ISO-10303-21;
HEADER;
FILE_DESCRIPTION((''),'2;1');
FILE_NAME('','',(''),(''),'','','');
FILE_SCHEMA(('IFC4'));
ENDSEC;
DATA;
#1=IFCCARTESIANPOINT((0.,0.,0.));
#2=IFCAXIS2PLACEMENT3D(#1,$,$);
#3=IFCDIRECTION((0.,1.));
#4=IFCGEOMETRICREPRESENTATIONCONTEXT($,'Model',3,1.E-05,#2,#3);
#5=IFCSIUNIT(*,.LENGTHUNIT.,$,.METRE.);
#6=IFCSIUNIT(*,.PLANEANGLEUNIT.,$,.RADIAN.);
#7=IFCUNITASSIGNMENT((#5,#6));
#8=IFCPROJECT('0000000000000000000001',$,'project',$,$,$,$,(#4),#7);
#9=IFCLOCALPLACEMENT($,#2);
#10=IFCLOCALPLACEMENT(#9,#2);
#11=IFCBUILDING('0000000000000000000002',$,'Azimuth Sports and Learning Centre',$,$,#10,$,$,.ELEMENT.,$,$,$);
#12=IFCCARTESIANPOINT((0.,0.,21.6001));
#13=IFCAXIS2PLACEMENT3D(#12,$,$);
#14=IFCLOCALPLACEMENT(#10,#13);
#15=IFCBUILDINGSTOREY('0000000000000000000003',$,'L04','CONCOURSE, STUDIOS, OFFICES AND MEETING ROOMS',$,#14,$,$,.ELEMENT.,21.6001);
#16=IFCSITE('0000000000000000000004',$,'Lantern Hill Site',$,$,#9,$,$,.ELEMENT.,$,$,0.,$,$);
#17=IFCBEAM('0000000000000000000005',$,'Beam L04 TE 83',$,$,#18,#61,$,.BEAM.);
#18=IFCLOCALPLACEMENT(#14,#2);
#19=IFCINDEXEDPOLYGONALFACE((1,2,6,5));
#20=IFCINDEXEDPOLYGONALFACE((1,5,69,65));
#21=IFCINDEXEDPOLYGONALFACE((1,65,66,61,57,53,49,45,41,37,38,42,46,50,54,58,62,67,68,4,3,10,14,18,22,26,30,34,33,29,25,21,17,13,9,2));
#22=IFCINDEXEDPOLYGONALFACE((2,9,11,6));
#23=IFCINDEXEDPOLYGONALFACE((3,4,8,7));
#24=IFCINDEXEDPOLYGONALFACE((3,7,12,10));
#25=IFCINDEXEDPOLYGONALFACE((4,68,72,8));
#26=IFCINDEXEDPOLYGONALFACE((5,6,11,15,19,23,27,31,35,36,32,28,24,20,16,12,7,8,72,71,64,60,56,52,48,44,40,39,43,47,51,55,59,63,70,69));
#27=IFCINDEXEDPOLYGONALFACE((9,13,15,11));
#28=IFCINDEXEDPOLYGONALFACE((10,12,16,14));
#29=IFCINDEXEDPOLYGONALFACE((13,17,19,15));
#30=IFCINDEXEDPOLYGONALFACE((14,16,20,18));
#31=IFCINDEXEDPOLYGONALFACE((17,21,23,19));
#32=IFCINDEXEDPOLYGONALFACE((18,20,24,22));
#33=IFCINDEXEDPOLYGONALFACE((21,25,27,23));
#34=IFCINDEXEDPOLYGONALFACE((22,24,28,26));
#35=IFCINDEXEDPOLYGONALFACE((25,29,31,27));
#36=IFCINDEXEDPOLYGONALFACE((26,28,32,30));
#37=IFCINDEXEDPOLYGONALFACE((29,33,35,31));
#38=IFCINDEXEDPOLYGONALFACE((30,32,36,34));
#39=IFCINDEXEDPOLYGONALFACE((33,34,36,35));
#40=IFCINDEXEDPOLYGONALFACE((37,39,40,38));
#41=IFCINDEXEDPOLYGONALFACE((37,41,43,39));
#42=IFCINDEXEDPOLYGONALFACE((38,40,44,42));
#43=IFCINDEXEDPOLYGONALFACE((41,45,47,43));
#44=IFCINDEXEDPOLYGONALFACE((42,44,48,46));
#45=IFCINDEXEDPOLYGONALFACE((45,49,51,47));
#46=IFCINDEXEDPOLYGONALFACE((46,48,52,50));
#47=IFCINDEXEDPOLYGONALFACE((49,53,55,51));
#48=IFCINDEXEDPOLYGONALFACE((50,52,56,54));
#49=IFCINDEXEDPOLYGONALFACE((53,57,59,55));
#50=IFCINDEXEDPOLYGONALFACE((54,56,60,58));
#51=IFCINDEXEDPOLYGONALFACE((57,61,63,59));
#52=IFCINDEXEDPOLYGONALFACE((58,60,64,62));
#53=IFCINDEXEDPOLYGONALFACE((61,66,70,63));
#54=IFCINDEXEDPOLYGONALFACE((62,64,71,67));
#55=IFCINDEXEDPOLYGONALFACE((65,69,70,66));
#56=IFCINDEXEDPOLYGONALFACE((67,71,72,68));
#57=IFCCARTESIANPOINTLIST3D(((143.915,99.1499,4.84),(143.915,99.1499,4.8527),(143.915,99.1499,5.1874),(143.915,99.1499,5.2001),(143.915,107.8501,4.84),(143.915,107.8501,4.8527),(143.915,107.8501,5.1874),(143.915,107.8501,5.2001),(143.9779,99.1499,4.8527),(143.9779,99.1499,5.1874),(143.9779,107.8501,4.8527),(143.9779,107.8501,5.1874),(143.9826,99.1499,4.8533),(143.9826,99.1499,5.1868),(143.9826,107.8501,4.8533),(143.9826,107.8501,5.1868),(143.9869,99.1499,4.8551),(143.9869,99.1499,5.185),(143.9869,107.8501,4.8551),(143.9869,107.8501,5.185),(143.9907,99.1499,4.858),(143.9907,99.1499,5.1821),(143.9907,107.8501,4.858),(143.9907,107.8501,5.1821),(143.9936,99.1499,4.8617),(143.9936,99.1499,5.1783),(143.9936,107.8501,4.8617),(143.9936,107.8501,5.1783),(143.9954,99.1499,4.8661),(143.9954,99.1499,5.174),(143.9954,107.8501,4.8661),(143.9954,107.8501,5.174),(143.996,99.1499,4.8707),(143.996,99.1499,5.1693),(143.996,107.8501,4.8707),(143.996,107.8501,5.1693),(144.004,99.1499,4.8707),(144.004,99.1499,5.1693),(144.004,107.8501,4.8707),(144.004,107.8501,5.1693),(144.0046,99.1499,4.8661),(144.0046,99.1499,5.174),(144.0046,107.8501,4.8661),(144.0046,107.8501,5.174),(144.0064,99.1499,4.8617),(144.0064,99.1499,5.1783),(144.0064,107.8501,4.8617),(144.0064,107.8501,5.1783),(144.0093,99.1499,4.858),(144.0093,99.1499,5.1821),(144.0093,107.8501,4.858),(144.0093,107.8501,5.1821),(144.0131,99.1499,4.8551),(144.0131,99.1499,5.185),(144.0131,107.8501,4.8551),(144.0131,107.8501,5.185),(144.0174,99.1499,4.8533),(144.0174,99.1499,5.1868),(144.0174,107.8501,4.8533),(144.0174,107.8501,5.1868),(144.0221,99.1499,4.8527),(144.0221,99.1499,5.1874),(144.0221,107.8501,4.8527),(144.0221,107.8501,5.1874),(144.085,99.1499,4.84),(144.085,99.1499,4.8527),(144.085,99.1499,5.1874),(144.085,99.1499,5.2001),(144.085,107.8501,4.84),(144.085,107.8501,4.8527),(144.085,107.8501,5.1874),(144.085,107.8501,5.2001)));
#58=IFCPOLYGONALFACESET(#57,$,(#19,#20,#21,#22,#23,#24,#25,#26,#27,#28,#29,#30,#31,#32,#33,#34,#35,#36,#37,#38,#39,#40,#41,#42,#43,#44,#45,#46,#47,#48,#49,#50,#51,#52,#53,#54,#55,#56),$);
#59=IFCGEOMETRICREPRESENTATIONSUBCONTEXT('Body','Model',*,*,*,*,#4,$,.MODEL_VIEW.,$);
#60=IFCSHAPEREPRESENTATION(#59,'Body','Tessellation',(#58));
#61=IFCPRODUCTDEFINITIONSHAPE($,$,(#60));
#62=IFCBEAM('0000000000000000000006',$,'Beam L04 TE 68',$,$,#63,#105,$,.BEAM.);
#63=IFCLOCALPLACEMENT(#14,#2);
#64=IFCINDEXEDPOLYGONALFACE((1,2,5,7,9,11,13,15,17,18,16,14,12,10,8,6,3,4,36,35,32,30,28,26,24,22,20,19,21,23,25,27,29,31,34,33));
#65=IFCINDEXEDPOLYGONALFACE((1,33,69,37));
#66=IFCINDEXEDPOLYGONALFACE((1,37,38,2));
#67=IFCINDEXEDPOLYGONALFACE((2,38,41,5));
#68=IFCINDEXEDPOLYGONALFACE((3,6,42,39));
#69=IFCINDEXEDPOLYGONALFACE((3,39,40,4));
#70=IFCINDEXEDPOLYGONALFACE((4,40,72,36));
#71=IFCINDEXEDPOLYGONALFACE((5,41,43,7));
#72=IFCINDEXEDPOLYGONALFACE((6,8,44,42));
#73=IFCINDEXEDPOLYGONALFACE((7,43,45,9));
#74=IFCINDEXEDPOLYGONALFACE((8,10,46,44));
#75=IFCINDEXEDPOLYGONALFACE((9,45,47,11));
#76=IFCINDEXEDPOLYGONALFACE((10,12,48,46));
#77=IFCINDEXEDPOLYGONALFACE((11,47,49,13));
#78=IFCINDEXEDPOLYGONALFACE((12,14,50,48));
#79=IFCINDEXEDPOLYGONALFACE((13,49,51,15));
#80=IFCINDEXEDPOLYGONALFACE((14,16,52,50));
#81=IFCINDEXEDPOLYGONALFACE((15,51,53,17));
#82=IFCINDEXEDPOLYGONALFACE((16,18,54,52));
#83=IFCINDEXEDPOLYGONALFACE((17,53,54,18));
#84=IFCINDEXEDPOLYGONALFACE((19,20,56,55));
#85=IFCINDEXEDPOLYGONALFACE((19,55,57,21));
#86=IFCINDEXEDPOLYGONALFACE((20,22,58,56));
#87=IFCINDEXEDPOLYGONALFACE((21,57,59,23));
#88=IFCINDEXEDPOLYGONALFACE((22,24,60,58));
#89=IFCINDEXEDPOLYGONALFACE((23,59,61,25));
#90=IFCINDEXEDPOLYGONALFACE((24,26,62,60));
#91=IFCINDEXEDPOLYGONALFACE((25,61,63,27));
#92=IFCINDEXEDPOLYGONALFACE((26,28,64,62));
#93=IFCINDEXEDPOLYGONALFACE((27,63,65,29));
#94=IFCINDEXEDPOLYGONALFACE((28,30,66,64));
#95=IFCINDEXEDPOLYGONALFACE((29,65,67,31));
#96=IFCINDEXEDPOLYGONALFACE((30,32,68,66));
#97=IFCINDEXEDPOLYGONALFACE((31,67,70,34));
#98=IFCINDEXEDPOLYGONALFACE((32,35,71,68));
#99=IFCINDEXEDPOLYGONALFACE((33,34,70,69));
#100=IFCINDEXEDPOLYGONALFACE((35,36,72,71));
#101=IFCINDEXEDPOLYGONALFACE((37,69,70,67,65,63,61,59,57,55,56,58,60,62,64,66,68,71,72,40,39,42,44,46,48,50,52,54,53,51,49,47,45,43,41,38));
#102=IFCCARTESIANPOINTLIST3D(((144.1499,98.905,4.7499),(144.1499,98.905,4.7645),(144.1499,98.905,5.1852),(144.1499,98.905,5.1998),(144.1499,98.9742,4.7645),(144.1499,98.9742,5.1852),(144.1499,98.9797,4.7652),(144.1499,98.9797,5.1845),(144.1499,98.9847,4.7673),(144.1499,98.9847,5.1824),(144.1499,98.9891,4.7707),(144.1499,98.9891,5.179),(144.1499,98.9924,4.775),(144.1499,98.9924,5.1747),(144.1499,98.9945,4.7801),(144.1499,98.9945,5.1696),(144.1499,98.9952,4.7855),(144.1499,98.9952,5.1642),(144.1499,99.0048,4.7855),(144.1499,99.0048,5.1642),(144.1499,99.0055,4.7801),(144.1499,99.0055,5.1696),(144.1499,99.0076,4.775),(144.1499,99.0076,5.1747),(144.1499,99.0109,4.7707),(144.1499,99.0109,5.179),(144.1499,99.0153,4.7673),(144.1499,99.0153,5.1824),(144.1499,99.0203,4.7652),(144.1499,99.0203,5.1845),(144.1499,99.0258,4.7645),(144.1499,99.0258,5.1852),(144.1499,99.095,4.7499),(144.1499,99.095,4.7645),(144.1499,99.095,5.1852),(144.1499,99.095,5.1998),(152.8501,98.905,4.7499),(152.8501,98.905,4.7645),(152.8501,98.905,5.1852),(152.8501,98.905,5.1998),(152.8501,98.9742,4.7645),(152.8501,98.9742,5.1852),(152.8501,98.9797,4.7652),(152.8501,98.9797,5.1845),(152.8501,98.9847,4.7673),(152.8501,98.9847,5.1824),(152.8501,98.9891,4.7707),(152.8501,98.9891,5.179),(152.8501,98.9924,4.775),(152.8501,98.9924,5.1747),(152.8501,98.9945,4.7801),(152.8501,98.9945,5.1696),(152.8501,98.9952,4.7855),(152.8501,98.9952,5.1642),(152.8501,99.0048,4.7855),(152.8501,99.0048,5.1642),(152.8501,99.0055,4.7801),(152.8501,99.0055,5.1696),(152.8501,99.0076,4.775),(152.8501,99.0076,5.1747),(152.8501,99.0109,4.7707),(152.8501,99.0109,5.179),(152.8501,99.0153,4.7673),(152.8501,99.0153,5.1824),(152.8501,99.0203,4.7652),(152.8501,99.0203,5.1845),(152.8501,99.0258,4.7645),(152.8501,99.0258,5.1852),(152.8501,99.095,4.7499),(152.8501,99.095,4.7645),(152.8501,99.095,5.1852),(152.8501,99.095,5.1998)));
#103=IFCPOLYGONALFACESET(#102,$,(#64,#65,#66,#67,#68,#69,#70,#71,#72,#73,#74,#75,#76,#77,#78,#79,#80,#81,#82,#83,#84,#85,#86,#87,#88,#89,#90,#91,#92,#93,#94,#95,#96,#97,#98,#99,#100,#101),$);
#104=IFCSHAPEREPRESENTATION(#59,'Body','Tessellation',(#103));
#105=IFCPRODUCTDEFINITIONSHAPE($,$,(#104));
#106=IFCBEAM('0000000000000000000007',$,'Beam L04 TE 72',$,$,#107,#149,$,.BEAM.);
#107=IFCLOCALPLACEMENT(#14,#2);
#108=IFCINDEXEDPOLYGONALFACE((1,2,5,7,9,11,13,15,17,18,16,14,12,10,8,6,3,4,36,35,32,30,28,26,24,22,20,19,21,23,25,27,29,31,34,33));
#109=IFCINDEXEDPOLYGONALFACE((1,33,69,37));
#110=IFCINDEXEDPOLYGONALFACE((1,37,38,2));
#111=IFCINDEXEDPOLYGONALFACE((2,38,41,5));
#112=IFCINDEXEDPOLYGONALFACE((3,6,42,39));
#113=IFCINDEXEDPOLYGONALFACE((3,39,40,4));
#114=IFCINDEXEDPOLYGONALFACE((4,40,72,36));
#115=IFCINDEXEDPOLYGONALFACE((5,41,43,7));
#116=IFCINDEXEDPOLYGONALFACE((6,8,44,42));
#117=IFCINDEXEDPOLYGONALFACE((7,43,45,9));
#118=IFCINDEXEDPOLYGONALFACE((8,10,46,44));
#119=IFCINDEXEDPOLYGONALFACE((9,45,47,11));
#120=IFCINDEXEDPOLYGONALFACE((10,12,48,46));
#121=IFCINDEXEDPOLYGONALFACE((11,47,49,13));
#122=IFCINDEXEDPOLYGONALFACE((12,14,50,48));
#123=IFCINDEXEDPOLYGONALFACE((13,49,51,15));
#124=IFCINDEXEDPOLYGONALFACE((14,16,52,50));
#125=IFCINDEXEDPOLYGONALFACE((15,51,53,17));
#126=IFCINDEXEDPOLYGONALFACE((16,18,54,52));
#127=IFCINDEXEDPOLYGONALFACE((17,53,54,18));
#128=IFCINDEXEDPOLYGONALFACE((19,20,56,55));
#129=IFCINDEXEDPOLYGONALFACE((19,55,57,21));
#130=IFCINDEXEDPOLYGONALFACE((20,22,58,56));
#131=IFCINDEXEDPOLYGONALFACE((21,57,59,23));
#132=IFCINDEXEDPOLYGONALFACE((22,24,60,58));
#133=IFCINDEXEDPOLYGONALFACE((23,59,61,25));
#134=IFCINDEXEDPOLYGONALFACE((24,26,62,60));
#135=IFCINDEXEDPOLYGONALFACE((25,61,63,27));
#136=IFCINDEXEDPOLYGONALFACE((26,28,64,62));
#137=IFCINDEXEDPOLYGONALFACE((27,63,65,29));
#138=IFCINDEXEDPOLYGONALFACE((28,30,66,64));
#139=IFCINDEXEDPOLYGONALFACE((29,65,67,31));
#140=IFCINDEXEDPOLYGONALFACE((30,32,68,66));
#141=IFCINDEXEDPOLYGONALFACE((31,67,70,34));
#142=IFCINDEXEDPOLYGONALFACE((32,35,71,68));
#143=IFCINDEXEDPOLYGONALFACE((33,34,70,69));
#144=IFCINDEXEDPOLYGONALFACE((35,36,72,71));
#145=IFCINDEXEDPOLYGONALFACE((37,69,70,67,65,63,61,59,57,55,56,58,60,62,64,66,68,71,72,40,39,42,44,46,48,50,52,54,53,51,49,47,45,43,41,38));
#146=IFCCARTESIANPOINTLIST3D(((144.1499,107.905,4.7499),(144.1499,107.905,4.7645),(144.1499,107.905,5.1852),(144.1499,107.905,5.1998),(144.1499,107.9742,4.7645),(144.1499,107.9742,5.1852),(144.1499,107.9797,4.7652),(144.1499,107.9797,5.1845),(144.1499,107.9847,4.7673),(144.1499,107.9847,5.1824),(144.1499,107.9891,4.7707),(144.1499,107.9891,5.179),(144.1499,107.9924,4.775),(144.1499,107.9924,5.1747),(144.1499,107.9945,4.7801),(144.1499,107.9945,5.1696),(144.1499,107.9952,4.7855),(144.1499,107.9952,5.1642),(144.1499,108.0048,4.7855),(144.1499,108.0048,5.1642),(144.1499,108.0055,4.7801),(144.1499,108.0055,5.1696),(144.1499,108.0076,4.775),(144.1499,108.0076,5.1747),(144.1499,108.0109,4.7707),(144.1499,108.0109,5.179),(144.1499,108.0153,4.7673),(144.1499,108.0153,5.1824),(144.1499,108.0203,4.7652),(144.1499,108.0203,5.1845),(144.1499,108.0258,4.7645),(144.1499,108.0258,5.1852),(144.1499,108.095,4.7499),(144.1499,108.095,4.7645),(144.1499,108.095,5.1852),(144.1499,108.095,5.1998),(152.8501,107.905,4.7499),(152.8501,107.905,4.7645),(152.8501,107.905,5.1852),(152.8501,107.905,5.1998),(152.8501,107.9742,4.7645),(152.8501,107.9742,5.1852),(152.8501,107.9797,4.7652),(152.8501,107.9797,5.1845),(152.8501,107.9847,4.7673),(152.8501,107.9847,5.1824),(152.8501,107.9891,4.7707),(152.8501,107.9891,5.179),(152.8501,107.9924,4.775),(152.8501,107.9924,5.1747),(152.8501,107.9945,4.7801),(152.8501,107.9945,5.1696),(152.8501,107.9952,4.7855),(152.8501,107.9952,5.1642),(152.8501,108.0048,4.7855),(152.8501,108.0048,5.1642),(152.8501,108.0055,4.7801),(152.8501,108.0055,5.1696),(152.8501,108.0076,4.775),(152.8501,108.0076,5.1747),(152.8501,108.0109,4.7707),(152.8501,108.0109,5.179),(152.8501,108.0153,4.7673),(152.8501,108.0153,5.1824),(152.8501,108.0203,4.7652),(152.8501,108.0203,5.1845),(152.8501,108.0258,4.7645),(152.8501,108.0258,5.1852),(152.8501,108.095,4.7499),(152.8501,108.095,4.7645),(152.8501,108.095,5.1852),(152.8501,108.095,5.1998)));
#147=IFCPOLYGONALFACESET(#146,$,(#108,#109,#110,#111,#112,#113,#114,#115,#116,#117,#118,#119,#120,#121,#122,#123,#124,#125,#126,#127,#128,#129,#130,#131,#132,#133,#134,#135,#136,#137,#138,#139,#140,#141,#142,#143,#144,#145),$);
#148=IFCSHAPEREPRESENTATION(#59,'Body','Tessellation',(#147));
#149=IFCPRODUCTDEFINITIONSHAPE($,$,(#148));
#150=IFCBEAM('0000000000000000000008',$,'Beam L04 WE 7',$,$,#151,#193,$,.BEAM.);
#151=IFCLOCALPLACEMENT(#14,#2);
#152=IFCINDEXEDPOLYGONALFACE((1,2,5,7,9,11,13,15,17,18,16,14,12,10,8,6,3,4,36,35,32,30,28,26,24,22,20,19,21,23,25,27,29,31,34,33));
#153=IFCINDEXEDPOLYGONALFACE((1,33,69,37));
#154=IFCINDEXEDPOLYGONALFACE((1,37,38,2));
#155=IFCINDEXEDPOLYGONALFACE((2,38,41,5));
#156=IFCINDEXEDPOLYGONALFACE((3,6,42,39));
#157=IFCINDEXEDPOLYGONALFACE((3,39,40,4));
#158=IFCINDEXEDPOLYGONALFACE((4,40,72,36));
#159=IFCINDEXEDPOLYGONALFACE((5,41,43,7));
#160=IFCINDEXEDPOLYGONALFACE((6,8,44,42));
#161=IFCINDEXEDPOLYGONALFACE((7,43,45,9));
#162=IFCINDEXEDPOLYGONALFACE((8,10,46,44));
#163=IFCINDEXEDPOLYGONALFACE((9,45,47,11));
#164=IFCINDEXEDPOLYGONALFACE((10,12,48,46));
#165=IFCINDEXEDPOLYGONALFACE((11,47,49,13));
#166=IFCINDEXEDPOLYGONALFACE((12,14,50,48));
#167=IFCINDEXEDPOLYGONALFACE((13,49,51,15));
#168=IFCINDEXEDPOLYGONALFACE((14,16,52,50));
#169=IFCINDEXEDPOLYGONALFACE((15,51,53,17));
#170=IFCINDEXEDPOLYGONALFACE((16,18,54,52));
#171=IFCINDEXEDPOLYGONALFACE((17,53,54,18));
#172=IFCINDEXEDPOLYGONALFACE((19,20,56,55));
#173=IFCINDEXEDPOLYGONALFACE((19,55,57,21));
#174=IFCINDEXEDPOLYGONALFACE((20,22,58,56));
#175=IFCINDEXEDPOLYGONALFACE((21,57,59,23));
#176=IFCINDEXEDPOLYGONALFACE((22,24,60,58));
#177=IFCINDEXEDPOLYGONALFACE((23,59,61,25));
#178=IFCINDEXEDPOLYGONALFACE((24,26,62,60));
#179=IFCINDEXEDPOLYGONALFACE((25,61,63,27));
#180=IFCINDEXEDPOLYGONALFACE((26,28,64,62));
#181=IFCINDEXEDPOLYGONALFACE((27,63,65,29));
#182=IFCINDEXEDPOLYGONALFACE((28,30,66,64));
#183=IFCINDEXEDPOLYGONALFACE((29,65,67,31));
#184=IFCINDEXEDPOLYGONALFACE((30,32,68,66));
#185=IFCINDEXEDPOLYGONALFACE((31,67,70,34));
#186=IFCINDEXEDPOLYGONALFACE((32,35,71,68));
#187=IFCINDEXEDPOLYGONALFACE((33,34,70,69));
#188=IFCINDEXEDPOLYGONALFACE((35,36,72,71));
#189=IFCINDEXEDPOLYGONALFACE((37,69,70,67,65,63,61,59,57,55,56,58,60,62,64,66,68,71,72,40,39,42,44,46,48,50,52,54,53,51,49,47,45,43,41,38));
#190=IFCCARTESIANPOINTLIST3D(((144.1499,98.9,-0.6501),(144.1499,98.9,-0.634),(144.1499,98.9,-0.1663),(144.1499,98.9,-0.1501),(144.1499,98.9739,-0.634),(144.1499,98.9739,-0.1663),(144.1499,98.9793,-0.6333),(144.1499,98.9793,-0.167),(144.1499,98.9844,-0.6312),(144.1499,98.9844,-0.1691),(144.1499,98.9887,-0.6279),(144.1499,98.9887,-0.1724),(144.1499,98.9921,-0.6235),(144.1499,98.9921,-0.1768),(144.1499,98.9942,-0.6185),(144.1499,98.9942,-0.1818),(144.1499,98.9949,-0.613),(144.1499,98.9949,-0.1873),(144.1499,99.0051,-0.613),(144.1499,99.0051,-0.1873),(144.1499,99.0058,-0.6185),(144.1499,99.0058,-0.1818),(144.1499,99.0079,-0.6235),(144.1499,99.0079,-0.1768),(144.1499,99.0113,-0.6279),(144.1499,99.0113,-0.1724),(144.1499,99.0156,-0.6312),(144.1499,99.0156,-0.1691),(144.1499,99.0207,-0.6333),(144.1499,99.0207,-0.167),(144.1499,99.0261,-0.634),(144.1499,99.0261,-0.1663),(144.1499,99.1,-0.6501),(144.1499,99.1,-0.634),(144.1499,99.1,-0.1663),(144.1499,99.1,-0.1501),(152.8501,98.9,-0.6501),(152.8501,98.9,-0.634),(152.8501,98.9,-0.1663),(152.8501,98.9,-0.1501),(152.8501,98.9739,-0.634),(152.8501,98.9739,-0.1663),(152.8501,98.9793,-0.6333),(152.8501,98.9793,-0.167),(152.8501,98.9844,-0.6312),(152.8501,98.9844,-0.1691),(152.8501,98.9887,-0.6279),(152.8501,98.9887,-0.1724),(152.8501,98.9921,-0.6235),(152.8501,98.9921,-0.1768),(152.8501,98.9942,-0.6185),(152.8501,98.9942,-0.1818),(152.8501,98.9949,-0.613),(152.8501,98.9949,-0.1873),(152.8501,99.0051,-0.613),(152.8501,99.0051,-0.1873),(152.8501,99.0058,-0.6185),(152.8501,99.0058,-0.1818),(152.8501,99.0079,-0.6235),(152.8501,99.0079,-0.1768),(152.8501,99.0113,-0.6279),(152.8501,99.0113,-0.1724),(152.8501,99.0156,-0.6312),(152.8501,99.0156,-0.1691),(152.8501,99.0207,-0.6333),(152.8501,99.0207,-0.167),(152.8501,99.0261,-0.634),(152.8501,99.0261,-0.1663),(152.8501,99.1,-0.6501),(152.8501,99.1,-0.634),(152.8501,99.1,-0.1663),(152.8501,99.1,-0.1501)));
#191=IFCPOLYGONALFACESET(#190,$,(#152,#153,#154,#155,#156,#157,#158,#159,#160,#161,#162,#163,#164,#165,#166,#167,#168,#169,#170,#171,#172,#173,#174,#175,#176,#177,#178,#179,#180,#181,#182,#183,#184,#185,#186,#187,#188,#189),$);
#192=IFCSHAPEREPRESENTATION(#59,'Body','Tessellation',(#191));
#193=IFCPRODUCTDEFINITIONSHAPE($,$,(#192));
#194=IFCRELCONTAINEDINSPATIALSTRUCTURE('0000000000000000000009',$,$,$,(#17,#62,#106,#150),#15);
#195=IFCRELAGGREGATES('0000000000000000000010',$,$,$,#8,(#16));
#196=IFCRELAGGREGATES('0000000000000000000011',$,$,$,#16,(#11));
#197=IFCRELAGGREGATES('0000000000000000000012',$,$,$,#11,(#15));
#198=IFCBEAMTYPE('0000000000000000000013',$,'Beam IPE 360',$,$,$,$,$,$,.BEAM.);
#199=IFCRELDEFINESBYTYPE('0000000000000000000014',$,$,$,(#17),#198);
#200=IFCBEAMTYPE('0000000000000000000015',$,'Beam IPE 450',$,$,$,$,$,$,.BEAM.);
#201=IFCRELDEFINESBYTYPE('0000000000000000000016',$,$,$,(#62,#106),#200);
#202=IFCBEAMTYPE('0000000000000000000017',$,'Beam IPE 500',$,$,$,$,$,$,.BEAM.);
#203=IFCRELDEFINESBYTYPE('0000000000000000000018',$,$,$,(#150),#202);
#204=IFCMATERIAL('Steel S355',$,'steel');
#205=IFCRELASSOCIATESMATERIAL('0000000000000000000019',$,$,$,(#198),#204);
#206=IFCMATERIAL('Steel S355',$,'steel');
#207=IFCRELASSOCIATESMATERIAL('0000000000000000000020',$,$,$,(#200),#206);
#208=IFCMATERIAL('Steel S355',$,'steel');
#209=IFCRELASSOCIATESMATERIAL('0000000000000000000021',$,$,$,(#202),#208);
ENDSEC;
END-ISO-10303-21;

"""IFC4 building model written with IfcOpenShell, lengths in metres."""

from ifc_helpers import new_model, si_unit, direction, frame, origin, origin_2d, place, context, subcontext, project, spatial, i_section, extrude, material, material_profile, profile_set, type_object, element, save


model = new_model("IFC4")

# Units and contexts
model_context = context("Model", 3, precision=1e-05, world=origin(), true_north=direction((0.0, 1.0)))
body_context = subcontext(model_context, "Body", "Model", "MODEL_VIEW")
ifc_project = project(units=[si_unit("LENGTHUNIT", "METRE"), si_unit("PLANEANGLEUNIT", "RADIAN")], contexts=[model_context])

# Site, building, storey
site_placement = place(None, origin())
site = spatial("IfcSite", under=ifc_project, at=site_placement, Name="Lantern Hill Site", CompositionType="ELEMENT", RefElevation=0.0)
building_placement = place(site_placement, origin())
building = spatial("IfcBuilding", under=site, at=building_placement, Name="Azimuth Sports and Learning Centre", CompositionType="ELEMENT")
storey_placement = place(building_placement, frame((0.0, 0.0, 21.6001)))
storey = spatial("IfcBuildingStorey", under=building, at=storey_placement, Name="L04", Description="CONCOURSE, STUDIOS, OFFICES AND MEETING ROOMS", CompositionType="ELEMENT", Elevation=21.6001)

# Beams
ifc_material_1 = material(Name="Steel S355", Category="steel")
ifc_material_profile_1 = material_profile(ifc_material_1, i_section(OverallWidth=0.1699, OverallDepth=0.3601, WebThickness=0.0081, FlangeThickness=0.0127, FilletRadius=0.0181, at=origin_2d()), Name="IPE 360")
ifc_profile_set_1 = profile_set([ifc_material_profile_1], Name="Steel S355")
beam_type_1 = type_object("IfcBeamType", Name="Beam IPE 360", PredefinedType="BEAM", material=ifc_profile_set_1)
beam_1_placement = place(storey_placement, frame((144.0, 99.1499, 5.02), z_axis=(0.0, 1.0, 0.0), x_axis=(-1.0, 0.0, 0.0)))
element("IfcBeam", 1, at=beam_1_placement, inside=storey, type_object=beam_type_1, Name="Beam L04 TE 83", PredefinedType="BEAM", context=body_context, shape_type="SweptSolid", body=[
    extrude(i_section(OverallWidth=0.1699, OverallDepth=0.3601, WebThickness=0.0081, FlangeThickness=0.0127, FilletRadius=0.0181, at=origin_2d()), origin(), (0.0, 0.0, 1.0), 8.7002),
])
ifc_material_2 = material(Name="Steel S355", Category="steel")
ifc_material_profile_2 = material_profile(ifc_material_2, i_section(OverallWidth=0.1899, OverallDepth=0.45, WebThickness=0.0095, FlangeThickness=0.0146, FilletRadius=0.021, at=origin_2d()), Name="IPE 450")
ifc_profile_set_2 = profile_set([ifc_material_profile_2], Name="Steel S355")
beam_type_2 = type_object("IfcBeamType", Name="Beam IPE 450", PredefinedType="BEAM", material=ifc_profile_set_2)
for number, where, z_axis, x_axis, name in (
    (2, (144.1499, 99.0, 4.9749), (1.0, 0.0, 0.0), (0.0, 1.0, 0.0), "Beam L04 TE 68"),
    (3, (144.1499, 108.0, 4.9749), (1.0, 0.0, 0.0), (0.0, 1.0, 0.0), "Beam L04 TE 72"),
):
    element("IfcBeam", number, at=place(storey_placement, frame(where, z_axis=z_axis, x_axis=x_axis)), inside=storey, type_object=beam_type_2, Name=name, PredefinedType="BEAM", context=body_context, shape_type="SweptSolid", body=[
        extrude(i_section(OverallWidth=0.1899, OverallDepth=0.45, WebThickness=0.0095, FlangeThickness=0.0146, FilletRadius=0.021, at=origin_2d()), origin(), (0.0, 0.0, 1.0), 8.7002),
    ])
ifc_material_3 = material(Name="Steel S355", Category="steel")
ifc_material_profile_3 = material_profile(ifc_material_3, i_section(OverallWidth=0.2, OverallDepth=0.5, WebThickness=0.0103, FlangeThickness=0.0161, FilletRadius=0.021, at=origin_2d()), Name="IPE 500")
ifc_profile_set_3 = profile_set([ifc_material_profile_3], Name="Steel S355")
beam_type_3 = type_object("IfcBeamType", Name="Beam IPE 500", PredefinedType="BEAM", material=ifc_profile_set_3)
for number, where, z_axis, x_axis, name in (
    (4, (144.1499, 99.0, -0.4001), (1.0, 0.0, 0.0), (0.0, 1.0, 0.0), "Beam L04 WE 7"),
):
    element("IfcBeam", number, at=place(storey_placement, frame(where, z_axis=z_axis, x_axis=x_axis)), inside=storey, type_object=beam_type_3, Name=name, PredefinedType="BEAM", context=body_context, shape_type="SweptSolid", body=[
        extrude(i_section(OverallWidth=0.2, OverallDepth=0.5, WebThickness=0.0103, FlangeThickness=0.0161, FilletRadius=0.021, at=origin_2d()), origin(), (0.0, 0.0, 1.0), 8.7002),
    ])

save(model, "model.ifc")
